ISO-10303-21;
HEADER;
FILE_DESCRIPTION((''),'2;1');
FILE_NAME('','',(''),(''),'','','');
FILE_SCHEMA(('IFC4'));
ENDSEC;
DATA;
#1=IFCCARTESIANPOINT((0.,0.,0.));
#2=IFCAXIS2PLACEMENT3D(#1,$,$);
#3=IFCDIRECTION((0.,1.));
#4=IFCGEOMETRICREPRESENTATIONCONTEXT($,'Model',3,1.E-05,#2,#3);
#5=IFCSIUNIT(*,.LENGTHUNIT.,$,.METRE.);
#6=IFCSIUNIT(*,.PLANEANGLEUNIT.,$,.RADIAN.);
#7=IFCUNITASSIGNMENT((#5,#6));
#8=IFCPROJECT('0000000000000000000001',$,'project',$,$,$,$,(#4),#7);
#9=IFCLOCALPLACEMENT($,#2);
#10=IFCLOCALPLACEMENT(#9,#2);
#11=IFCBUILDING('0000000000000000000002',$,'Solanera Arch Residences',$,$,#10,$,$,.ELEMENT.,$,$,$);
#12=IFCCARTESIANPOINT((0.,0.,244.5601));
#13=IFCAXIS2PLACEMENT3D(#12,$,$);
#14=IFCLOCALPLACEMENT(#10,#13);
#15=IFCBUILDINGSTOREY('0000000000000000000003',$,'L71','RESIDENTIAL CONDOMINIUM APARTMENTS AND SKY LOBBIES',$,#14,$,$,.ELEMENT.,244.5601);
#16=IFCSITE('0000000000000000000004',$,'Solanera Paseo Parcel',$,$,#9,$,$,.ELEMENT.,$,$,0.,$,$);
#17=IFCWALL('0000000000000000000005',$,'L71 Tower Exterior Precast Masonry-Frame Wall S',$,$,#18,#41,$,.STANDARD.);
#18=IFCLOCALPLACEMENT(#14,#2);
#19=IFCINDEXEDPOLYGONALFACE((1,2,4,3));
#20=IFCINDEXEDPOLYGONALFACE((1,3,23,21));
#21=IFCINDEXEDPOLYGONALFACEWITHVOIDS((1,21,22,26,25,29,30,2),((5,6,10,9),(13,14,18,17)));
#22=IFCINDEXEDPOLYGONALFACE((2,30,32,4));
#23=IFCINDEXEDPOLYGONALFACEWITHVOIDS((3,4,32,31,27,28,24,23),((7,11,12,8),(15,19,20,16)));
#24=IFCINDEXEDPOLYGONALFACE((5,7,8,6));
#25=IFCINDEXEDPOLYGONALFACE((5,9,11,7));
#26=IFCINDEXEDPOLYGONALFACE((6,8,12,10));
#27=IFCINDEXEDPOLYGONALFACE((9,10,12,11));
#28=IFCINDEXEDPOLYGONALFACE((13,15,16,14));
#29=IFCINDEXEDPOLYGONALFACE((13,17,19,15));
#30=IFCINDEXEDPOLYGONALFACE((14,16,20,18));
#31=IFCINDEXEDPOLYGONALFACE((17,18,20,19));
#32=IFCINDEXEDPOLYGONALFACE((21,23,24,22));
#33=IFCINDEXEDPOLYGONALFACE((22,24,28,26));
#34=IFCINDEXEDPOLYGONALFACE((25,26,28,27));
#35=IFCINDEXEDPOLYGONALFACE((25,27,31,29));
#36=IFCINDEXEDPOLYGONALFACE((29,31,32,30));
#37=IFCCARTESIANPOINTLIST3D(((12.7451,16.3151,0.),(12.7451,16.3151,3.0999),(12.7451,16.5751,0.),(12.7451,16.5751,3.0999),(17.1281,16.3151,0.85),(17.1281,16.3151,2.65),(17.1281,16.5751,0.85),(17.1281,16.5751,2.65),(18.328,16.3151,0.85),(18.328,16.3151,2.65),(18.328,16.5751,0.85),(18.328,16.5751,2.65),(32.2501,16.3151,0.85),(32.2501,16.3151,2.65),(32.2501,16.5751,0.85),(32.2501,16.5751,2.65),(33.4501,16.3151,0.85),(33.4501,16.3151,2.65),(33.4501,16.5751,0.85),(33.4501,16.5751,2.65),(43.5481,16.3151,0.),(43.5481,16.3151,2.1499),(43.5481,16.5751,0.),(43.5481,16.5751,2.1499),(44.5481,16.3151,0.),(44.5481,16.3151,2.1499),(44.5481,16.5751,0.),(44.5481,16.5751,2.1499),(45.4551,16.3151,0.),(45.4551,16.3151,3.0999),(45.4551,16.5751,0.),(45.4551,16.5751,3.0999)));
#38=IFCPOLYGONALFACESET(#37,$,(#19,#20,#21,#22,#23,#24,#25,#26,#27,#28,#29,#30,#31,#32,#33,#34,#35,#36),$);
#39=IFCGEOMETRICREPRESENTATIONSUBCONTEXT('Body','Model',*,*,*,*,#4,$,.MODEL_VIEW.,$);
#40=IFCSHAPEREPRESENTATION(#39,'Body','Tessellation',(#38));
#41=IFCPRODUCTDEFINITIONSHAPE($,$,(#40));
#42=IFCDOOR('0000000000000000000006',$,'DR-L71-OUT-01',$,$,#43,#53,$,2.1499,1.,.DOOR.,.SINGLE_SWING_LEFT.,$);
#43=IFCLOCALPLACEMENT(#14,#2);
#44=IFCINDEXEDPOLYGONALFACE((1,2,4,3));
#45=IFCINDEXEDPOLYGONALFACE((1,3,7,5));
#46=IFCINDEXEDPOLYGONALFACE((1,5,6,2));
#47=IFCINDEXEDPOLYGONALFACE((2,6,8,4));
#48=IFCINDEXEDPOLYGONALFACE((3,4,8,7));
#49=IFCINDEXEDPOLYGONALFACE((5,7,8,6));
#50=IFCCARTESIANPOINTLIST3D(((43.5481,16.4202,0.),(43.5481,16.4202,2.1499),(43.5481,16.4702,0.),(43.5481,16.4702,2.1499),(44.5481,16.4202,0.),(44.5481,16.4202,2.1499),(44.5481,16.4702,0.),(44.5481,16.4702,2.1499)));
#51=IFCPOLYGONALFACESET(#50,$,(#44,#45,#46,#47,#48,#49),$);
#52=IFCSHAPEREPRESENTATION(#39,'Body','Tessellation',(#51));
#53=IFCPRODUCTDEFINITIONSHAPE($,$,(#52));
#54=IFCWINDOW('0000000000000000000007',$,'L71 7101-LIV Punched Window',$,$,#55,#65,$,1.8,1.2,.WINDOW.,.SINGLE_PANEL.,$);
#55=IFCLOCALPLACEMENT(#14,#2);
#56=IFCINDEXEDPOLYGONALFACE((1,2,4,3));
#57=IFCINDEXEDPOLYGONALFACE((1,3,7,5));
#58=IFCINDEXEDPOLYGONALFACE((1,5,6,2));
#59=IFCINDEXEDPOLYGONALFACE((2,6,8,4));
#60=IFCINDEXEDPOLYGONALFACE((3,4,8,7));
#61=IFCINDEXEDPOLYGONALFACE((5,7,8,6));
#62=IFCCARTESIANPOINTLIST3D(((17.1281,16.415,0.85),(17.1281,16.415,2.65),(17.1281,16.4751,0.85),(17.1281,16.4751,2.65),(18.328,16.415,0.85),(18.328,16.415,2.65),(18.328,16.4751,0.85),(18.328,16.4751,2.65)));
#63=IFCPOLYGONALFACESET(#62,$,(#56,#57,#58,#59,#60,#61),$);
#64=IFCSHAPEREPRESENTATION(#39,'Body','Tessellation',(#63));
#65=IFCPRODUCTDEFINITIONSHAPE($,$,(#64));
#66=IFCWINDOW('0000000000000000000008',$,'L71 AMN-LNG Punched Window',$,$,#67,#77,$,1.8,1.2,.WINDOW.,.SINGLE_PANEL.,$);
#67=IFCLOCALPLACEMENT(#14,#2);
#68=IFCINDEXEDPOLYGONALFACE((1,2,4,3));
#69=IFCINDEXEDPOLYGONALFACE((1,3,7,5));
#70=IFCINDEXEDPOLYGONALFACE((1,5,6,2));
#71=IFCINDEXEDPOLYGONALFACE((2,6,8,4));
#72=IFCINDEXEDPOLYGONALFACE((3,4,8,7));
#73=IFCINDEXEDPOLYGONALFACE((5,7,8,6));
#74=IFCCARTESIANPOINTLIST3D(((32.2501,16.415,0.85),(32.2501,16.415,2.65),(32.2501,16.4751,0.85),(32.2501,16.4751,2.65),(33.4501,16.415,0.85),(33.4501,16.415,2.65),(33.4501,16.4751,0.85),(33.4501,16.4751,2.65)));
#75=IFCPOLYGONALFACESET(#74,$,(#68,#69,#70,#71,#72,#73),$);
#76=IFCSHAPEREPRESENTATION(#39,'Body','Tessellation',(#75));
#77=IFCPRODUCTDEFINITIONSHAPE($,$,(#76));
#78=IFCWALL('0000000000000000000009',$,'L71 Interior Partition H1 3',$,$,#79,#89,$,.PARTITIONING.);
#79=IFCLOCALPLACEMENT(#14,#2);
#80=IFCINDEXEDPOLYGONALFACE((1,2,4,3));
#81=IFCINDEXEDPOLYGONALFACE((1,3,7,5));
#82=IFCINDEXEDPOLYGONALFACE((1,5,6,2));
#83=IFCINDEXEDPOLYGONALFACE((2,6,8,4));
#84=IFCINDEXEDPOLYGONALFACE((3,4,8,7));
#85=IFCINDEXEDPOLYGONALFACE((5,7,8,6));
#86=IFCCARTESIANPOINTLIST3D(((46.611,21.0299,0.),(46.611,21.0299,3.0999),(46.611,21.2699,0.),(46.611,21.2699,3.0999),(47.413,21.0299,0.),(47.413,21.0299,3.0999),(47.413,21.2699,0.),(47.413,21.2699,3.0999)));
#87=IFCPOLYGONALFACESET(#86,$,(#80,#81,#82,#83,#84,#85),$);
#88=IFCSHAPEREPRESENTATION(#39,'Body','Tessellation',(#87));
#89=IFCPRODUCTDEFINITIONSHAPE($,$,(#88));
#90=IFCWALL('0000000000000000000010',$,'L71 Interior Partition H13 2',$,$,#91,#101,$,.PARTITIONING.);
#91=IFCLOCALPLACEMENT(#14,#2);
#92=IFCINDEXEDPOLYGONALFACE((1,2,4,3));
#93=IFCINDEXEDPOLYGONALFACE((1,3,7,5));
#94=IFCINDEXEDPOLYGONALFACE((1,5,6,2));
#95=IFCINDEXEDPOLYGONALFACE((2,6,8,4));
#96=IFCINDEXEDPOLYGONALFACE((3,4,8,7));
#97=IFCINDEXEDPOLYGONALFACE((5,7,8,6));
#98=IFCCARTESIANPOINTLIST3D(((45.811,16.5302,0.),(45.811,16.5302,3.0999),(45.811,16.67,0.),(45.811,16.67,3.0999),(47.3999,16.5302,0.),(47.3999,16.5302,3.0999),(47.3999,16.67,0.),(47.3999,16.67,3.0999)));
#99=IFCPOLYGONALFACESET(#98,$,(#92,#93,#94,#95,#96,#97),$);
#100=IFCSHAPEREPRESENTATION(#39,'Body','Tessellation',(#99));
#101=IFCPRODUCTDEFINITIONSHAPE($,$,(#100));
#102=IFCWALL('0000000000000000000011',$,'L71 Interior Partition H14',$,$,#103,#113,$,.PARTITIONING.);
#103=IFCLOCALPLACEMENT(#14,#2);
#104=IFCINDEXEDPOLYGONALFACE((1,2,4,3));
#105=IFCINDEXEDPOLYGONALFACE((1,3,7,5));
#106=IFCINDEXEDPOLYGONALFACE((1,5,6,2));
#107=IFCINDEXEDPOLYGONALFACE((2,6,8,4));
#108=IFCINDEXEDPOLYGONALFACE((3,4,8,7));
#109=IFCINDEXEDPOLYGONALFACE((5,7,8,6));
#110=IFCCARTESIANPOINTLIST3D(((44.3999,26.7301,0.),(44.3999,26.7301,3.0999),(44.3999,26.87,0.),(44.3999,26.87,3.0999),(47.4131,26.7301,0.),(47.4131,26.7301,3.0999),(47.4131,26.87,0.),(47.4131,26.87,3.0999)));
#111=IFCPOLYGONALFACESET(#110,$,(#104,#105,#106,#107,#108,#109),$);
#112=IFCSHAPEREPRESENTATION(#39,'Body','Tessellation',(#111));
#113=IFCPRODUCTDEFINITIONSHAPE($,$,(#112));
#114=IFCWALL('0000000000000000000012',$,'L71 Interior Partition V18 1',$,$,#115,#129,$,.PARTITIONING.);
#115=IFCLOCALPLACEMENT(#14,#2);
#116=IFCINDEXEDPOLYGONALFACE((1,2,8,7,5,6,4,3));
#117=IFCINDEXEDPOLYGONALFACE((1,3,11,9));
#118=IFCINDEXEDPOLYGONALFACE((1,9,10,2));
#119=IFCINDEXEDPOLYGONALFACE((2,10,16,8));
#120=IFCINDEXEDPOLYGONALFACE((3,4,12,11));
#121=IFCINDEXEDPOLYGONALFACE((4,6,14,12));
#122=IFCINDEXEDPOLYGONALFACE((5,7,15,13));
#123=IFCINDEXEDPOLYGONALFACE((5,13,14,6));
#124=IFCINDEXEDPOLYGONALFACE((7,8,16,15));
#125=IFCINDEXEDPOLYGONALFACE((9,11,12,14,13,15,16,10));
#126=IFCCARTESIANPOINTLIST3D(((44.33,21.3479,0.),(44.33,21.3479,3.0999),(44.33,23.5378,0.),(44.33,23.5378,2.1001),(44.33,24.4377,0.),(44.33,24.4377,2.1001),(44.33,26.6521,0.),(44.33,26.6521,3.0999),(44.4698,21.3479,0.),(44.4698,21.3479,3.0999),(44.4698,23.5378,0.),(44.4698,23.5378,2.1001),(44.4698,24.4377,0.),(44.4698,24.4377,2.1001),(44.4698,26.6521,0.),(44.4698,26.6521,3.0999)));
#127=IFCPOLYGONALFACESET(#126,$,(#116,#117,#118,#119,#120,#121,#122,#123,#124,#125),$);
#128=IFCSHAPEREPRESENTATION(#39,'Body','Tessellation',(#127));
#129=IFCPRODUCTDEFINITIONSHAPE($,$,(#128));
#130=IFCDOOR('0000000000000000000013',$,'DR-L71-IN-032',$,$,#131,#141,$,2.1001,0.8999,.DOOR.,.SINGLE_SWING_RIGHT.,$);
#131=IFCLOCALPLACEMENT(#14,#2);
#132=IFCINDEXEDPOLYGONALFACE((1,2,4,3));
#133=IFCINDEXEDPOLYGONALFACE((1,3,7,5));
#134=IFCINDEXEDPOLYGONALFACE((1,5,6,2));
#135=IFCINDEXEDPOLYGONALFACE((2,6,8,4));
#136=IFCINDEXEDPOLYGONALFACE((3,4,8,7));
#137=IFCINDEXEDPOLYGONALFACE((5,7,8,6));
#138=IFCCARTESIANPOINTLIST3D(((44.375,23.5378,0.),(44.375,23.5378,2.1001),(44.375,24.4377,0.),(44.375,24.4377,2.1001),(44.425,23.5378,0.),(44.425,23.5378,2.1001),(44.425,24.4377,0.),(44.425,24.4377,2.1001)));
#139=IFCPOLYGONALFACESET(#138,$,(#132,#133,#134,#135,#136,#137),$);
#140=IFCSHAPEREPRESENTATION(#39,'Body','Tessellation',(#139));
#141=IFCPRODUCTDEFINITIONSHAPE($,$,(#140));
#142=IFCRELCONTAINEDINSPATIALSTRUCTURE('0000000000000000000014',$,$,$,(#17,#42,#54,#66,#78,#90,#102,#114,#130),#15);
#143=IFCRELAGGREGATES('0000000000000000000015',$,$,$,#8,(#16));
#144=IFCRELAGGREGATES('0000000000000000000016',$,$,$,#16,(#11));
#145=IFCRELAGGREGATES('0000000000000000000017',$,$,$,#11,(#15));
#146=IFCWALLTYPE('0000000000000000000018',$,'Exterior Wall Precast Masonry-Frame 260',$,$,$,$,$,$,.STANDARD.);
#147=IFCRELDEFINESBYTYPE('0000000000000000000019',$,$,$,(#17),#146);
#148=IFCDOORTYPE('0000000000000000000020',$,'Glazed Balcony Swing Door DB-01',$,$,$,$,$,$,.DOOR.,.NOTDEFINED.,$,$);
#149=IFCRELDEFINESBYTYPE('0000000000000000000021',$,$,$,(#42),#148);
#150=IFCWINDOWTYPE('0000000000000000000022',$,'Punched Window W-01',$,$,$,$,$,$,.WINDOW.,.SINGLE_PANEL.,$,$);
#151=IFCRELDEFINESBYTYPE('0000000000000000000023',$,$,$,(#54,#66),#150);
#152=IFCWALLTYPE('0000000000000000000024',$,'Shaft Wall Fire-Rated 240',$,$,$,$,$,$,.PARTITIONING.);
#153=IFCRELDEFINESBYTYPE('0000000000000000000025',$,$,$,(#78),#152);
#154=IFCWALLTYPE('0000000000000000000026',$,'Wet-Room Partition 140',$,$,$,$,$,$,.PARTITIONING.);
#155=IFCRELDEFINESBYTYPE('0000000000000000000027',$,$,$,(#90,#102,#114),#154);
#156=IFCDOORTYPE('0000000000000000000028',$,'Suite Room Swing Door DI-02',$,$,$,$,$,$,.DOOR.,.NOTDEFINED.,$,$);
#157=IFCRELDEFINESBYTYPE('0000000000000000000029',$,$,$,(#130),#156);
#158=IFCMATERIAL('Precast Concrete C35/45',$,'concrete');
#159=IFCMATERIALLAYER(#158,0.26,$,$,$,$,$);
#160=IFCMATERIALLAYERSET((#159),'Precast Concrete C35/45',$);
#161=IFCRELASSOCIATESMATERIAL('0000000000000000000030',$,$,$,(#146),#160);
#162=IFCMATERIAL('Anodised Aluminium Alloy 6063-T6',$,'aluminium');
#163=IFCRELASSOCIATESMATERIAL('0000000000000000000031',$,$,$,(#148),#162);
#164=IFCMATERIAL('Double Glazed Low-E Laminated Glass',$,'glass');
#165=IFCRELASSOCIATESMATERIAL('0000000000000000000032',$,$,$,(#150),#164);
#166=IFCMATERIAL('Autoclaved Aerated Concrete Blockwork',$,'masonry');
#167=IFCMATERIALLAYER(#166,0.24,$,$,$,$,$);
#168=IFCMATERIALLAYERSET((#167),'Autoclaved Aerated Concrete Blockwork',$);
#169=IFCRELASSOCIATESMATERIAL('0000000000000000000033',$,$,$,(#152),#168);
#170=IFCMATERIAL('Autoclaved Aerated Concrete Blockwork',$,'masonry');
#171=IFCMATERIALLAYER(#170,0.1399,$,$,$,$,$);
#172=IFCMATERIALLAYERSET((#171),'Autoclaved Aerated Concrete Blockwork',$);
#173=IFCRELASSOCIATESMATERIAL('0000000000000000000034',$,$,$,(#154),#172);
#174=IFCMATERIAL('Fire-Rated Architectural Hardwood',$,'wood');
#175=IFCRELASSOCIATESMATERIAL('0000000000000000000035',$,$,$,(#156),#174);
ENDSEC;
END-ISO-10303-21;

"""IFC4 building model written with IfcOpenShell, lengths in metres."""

from ifc_helpers import new_model, si_unit, direction, frame, frame_2d, origin, place, context, subcontext, project, spatial, rectangle, extrude, material, layer, layer_set, type_object, element, fill, save


model = new_model("IFC4")

# Units and contexts
model_context = context("Model", 3, precision=1e-05, world=origin(), true_north=direction((0.0, 1.0)))
body_context = subcontext(model_context, "Body", "Model", "MODEL_VIEW")
ifc_project = project(units=[si_unit("LENGTHUNIT", "METRE"), si_unit("PLANEANGLEUNIT", "RADIAN")], contexts=[model_context])

# Site, building, storey
site_placement = place(None, origin())
site = spatial("IfcSite", under=ifc_project, at=site_placement, Name="Solanera Paseo Parcel", CompositionType="ELEMENT", RefElevation=0.0)
building_placement = place(site_placement, origin())
building = spatial("IfcBuilding", under=site, at=building_placement, Name="Solanera Arch Residences", CompositionType="ELEMENT")
storey_placement = place(building_placement, frame((0.0, 0.0, 244.5601)))
storey = spatial("IfcBuildingStorey", under=building, at=storey_placement, Name="L71", Description="RESIDENTIAL CONDOMINIUM APARTMENTS AND SKY LOBBIES", CompositionType="ELEMENT", Elevation=244.5601)

# Shared definitions
ifc_material_1 = material(Name="Precast Concrete C35/45", Category="concrete")
ifc_layer_1 = layer(ifc_material_1, 0.26)
ifc_layer_set_1 = layer_set([ifc_layer_1], Name="Precast Concrete C35/45")
wall_type_1 = type_object("IfcWallType", Name="Exterior Wall Precast Masonry-Frame 260", PredefinedType="STANDARD", material=ifc_layer_set_1)

# Wall, openings, door, windows
wall_1_placement = place(storey_placement, frame((45.4551, 16.4451, 0.0), z_axis=(0.0, 0.0, 1.0), x_axis=(-1.0, 0.0, 0.0)))
wall_1 = element("IfcWall", 1, at=wall_1_placement, inside=storey, type_object=wall_type_1, Name="L71 Tower Exterior Precast Masonry-Frame Wall S", PredefinedType="STANDARD", context=body_context, shape_type="SweptSolid", body=[
    extrude(rectangle(XDim=32.71, YDim=0.26, at=frame_2d((16.355, 0.0))), origin(), (0.0, 0.0, 1.0), 3.0999),
])
opening_1_placement = place(wall_1_placement, frame((0.907, 0.0, 0.0)))
opening_1 = element("IfcOpeningElement", 2, at=opening_1_placement, cuts=wall_1, PredefinedType="OPENING", context=body_context, shape_type="SweptSolid", body=[
    extrude(rectangle(XDim=1.0, YDim=2.1499, at=frame_2d((0.5, 1.075))), frame((0.0, 0.1399, 0.0), z_axis=(0.0, -1.0, 0.0), x_axis=(1.0, 0.0, 0.0)), (0.0, 0.0, 1.0), 0.28),
])
opening_2_placement = place(wall_1_placement, frame((27.127, 0.0, 0.8501)))
opening_2 = element("IfcOpeningElement", 3, at=opening_2_placement, cuts=wall_1, PredefinedType="OPENING", context=body_context, shape_type="SweptSolid", body=[
    extrude(rectangle(XDim=1.2, YDim=1.8, at=frame_2d((0.6001, 0.8999))), frame((0.0, 0.1399, 0.0), z_axis=(0.0, -1.0, 0.0), x_axis=(1.0, 0.0, 0.0)), (0.0, 0.0, 1.0), 0.28),
])
opening_3_placement = place(wall_1_placement, frame((12.0049, 0.0, 0.8501)))
opening_3 = element("IfcOpeningElement", 4, at=opening_3_placement, cuts=wall_1, PredefinedType="OPENING", context=body_context, shape_type="SweptSolid", body=[
    extrude(rectangle(XDim=1.2, YDim=1.8, at=frame_2d((0.6001, 0.8999))), frame((0.0, 0.1399, 0.0), z_axis=(0.0, -1.0, 0.0), x_axis=(1.0, 0.0, 0.0)), (0.0, 0.0, 1.0), 0.28),
])
ifc_material_2 = material(Name="Anodised Aluminium Alloy 6063-T6", Category="aluminium")
door_type_1 = type_object("IfcDoorType", Name="Glazed Balcony Swing Door DB-01", OperationType="NOTDEFINED", PredefinedType="DOOR", material=ifc_material_2)
door_1_placement = place(opening_1_placement, origin())
door_1 = element("IfcDoor", 5, at=door_1_placement, inside=storey, type_object=door_type_1, Name="DR-L71-OUT-01", OperationType="SINGLE_SWING_LEFT", OverallHeight=2.1499, OverallWidth=1.0, PredefinedType="DOOR", context=body_context, shape_type="SweptSolid", body=[
    extrude(rectangle(XDim=1.0, YDim=2.1499, at=frame_2d((0.5, 1.075))), frame((0.0, 0.0249, 0.0), z_axis=(0.0, -1.0, 0.0), x_axis=(1.0, 0.0, 0.0)), (0.0, 0.0, 1.0), 0.05),
])
fill(opening_1, door_1)
ifc_material_3 = material(Name="Double Glazed Low-E Laminated Glass", Category="glass")
window_type = type_object("IfcWindowType", Name="Punched Window W-01", PartitioningType="SINGLE_PANEL", PredefinedType="WINDOW", material=ifc_material_3)
window_1_placement = place(opening_2_placement, origin())
window_1 = element("IfcWindow", 6, at=window_1_placement, inside=storey, type_object=window_type, Name="L71 7101-LIV Punched Window", OverallHeight=1.8, OverallWidth=1.2, PartitioningType="SINGLE_PANEL", PredefinedType="WINDOW", context=body_context, shape_type="SweptSolid", body=[
    extrude(rectangle(XDim=1.2, YDim=1.8, at=frame_2d((0.6001, 0.8999))), frame((0.0, 0.03, 0.0), z_axis=(0.0, -1.0, 0.0), x_axis=(1.0, 0.0, 0.0)), (0.0, 0.0, 1.0), 0.0601),
])
fill(opening_2, window_1)
window_2_placement = place(opening_3_placement, origin())
window_2 = element("IfcWindow", 7, at=window_2_placement, inside=storey, type_object=window_type, Name="L71 AMN-LNG Punched Window", OverallHeight=1.8, OverallWidth=1.2, PartitioningType="SINGLE_PANEL", PredefinedType="WINDOW", context=body_context, shape_type="SweptSolid", body=[
    extrude(rectangle(XDim=1.2, YDim=1.8, at=frame_2d((0.6001, 0.8999))), frame((0.0, 0.03, 0.0), z_axis=(0.0, -1.0, 0.0), x_axis=(1.0, 0.0, 0.0)), (0.0, 0.0, 1.0), 0.0601),
])
fill(opening_3, window_2)

# Walls
ifc_material_4 = material(Name="Autoclaved Aerated Concrete Blockwork", Category="masonry")
ifc_layer_2 = layer(ifc_material_4, 0.24)
ifc_layer_set_2 = layer_set([ifc_layer_2], Name="Autoclaved Aerated Concrete Blockwork")
wall_type_2 = type_object("IfcWallType", Name="Shaft Wall Fire-Rated 240", PredefinedType="PARTITIONING", material=ifc_layer_set_2)
wall_2_placement = place(storey_placement, frame((46.6111, 21.1499, 0.0), z_axis=(0.0, 0.0, 1.0), x_axis=(1.0, 0.0, 0.0)))
element("IfcWall", 8, at=wall_2_placement, inside=storey, type_object=wall_type_2, Name="L71 Interior Partition H1 3", PredefinedType="PARTITIONING", context=body_context, shape_type="SweptSolid", body=[
    extrude(rectangle(XDim=0.802, YDim=0.24, at=frame_2d((0.4009, 0.0))), origin(), (0.0, 0.0, 1.0), 3.0999),
])
ifc_material_5 = material(Name="Autoclaved Aerated Concrete Blockwork", Category="masonry")
ifc_layer_3 = layer(ifc_material_5, 0.1399)
ifc_layer_set_3 = layer_set([ifc_layer_3], Name="Autoclaved Aerated Concrete Blockwork")
wall_type_3 = type_object("IfcWallType", Name="Wet-Room Partition 140", PredefinedType="PARTITIONING", material=ifc_layer_set_3)
wall_3_placement = place(storey_placement, frame((45.811, 16.6001, 0.0), z_axis=(0.0, 0.0, 1.0), x_axis=(1.0, 0.0, 0.0)))
element("IfcWall", 9, at=wall_3_placement, inside=storey, type_object=wall_type_3, Name="L71 Interior Partition H13 2", PredefinedType="PARTITIONING", context=body_context, shape_type="SweptSolid", body=[
    extrude(rectangle(XDim=1.5889, YDim=0.1399, at=frame_2d((0.7944, 0.0))), origin(), (0.0, 0.0, 1.0), 3.0999),
])
wall_4_placement = place(storey_placement, frame((44.3999, 26.8, 0.0), z_axis=(0.0, 0.0, 1.0), x_axis=(1.0, 0.0, 0.0)))
element("IfcWall", 10, at=wall_4_placement, inside=storey, type_object=wall_type_3, Name="L71 Interior Partition H14", PredefinedType="PARTITIONING", context=body_context, shape_type="SweptSolid", body=[
    extrude(rectangle(XDim=3.0132, YDim=0.1399, at=frame_2d((1.5066, 0.0))), origin(), (0.0, 0.0, 1.0), 3.0999),
])

# Wall, opening, door
wall_5_placement = place(storey_placement, frame((44.3999, 21.3479, 0.0), z_axis=(0.0, 0.0, 1.0), x_axis=(0.0, 1.0, 0.0)))
wall_5 = element("IfcWall", 11, at=wall_5_placement, inside=storey, type_object=wall_type_3, Name="L71 Interior Partition V18 1", PredefinedType="PARTITIONING", context=body_context, shape_type="SweptSolid", body=[
    extrude(rectangle(XDim=5.3042, YDim=0.1399, at=frame_2d((2.6521, 0.0))), origin(), (0.0, 0.0, 1.0), 3.0999),
])
opening_4_placement = place(wall_5_placement, frame((2.1899, 0.0, 0.0)))
opening_4 = element("IfcOpeningElement", 12, at=opening_4_placement, cuts=wall_5, PredefinedType="OPENING", context=body_context, shape_type="SweptSolid", body=[
    extrude(rectangle(XDim=0.8999, YDim=2.1001, at=frame_2d((0.45, 1.05))), frame((0.0, 0.0798, 0.0), z_axis=(0.0, -1.0, 0.0), x_axis=(1.0, 0.0, 0.0)), (0.0, 0.0, 1.0), 0.1599),
])
ifc_material_6 = material(Name="Fire-Rated Architectural Hardwood", Category="wood")
door_type_2 = type_object("IfcDoorType", Name="Suite Room Swing Door DI-02", OperationType="NOTDEFINED", PredefinedType="DOOR", material=ifc_material_6)
door_2_placement = place(opening_4_placement, origin())
door_2 = element("IfcDoor", 13, at=door_2_placement, inside=storey, type_object=door_type_2, Name="DR-L71-IN-032", OperationType="SINGLE_SWING_RIGHT", OverallHeight=2.1001, OverallWidth=0.8999, PredefinedType="DOOR", context=body_context, shape_type="SweptSolid", body=[
    extrude(rectangle(XDim=0.8999, YDim=2.1001, at=frame_2d((0.45, 1.05))), frame((0.0, 0.0249, 0.0), z_axis=(0.0, -1.0, 0.0), x_axis=(1.0, 0.0, 0.0)), (0.0, 0.0, 1.0), 0.05),
])
fill(opening_4, door_2)

save(model, "model.ifc")
